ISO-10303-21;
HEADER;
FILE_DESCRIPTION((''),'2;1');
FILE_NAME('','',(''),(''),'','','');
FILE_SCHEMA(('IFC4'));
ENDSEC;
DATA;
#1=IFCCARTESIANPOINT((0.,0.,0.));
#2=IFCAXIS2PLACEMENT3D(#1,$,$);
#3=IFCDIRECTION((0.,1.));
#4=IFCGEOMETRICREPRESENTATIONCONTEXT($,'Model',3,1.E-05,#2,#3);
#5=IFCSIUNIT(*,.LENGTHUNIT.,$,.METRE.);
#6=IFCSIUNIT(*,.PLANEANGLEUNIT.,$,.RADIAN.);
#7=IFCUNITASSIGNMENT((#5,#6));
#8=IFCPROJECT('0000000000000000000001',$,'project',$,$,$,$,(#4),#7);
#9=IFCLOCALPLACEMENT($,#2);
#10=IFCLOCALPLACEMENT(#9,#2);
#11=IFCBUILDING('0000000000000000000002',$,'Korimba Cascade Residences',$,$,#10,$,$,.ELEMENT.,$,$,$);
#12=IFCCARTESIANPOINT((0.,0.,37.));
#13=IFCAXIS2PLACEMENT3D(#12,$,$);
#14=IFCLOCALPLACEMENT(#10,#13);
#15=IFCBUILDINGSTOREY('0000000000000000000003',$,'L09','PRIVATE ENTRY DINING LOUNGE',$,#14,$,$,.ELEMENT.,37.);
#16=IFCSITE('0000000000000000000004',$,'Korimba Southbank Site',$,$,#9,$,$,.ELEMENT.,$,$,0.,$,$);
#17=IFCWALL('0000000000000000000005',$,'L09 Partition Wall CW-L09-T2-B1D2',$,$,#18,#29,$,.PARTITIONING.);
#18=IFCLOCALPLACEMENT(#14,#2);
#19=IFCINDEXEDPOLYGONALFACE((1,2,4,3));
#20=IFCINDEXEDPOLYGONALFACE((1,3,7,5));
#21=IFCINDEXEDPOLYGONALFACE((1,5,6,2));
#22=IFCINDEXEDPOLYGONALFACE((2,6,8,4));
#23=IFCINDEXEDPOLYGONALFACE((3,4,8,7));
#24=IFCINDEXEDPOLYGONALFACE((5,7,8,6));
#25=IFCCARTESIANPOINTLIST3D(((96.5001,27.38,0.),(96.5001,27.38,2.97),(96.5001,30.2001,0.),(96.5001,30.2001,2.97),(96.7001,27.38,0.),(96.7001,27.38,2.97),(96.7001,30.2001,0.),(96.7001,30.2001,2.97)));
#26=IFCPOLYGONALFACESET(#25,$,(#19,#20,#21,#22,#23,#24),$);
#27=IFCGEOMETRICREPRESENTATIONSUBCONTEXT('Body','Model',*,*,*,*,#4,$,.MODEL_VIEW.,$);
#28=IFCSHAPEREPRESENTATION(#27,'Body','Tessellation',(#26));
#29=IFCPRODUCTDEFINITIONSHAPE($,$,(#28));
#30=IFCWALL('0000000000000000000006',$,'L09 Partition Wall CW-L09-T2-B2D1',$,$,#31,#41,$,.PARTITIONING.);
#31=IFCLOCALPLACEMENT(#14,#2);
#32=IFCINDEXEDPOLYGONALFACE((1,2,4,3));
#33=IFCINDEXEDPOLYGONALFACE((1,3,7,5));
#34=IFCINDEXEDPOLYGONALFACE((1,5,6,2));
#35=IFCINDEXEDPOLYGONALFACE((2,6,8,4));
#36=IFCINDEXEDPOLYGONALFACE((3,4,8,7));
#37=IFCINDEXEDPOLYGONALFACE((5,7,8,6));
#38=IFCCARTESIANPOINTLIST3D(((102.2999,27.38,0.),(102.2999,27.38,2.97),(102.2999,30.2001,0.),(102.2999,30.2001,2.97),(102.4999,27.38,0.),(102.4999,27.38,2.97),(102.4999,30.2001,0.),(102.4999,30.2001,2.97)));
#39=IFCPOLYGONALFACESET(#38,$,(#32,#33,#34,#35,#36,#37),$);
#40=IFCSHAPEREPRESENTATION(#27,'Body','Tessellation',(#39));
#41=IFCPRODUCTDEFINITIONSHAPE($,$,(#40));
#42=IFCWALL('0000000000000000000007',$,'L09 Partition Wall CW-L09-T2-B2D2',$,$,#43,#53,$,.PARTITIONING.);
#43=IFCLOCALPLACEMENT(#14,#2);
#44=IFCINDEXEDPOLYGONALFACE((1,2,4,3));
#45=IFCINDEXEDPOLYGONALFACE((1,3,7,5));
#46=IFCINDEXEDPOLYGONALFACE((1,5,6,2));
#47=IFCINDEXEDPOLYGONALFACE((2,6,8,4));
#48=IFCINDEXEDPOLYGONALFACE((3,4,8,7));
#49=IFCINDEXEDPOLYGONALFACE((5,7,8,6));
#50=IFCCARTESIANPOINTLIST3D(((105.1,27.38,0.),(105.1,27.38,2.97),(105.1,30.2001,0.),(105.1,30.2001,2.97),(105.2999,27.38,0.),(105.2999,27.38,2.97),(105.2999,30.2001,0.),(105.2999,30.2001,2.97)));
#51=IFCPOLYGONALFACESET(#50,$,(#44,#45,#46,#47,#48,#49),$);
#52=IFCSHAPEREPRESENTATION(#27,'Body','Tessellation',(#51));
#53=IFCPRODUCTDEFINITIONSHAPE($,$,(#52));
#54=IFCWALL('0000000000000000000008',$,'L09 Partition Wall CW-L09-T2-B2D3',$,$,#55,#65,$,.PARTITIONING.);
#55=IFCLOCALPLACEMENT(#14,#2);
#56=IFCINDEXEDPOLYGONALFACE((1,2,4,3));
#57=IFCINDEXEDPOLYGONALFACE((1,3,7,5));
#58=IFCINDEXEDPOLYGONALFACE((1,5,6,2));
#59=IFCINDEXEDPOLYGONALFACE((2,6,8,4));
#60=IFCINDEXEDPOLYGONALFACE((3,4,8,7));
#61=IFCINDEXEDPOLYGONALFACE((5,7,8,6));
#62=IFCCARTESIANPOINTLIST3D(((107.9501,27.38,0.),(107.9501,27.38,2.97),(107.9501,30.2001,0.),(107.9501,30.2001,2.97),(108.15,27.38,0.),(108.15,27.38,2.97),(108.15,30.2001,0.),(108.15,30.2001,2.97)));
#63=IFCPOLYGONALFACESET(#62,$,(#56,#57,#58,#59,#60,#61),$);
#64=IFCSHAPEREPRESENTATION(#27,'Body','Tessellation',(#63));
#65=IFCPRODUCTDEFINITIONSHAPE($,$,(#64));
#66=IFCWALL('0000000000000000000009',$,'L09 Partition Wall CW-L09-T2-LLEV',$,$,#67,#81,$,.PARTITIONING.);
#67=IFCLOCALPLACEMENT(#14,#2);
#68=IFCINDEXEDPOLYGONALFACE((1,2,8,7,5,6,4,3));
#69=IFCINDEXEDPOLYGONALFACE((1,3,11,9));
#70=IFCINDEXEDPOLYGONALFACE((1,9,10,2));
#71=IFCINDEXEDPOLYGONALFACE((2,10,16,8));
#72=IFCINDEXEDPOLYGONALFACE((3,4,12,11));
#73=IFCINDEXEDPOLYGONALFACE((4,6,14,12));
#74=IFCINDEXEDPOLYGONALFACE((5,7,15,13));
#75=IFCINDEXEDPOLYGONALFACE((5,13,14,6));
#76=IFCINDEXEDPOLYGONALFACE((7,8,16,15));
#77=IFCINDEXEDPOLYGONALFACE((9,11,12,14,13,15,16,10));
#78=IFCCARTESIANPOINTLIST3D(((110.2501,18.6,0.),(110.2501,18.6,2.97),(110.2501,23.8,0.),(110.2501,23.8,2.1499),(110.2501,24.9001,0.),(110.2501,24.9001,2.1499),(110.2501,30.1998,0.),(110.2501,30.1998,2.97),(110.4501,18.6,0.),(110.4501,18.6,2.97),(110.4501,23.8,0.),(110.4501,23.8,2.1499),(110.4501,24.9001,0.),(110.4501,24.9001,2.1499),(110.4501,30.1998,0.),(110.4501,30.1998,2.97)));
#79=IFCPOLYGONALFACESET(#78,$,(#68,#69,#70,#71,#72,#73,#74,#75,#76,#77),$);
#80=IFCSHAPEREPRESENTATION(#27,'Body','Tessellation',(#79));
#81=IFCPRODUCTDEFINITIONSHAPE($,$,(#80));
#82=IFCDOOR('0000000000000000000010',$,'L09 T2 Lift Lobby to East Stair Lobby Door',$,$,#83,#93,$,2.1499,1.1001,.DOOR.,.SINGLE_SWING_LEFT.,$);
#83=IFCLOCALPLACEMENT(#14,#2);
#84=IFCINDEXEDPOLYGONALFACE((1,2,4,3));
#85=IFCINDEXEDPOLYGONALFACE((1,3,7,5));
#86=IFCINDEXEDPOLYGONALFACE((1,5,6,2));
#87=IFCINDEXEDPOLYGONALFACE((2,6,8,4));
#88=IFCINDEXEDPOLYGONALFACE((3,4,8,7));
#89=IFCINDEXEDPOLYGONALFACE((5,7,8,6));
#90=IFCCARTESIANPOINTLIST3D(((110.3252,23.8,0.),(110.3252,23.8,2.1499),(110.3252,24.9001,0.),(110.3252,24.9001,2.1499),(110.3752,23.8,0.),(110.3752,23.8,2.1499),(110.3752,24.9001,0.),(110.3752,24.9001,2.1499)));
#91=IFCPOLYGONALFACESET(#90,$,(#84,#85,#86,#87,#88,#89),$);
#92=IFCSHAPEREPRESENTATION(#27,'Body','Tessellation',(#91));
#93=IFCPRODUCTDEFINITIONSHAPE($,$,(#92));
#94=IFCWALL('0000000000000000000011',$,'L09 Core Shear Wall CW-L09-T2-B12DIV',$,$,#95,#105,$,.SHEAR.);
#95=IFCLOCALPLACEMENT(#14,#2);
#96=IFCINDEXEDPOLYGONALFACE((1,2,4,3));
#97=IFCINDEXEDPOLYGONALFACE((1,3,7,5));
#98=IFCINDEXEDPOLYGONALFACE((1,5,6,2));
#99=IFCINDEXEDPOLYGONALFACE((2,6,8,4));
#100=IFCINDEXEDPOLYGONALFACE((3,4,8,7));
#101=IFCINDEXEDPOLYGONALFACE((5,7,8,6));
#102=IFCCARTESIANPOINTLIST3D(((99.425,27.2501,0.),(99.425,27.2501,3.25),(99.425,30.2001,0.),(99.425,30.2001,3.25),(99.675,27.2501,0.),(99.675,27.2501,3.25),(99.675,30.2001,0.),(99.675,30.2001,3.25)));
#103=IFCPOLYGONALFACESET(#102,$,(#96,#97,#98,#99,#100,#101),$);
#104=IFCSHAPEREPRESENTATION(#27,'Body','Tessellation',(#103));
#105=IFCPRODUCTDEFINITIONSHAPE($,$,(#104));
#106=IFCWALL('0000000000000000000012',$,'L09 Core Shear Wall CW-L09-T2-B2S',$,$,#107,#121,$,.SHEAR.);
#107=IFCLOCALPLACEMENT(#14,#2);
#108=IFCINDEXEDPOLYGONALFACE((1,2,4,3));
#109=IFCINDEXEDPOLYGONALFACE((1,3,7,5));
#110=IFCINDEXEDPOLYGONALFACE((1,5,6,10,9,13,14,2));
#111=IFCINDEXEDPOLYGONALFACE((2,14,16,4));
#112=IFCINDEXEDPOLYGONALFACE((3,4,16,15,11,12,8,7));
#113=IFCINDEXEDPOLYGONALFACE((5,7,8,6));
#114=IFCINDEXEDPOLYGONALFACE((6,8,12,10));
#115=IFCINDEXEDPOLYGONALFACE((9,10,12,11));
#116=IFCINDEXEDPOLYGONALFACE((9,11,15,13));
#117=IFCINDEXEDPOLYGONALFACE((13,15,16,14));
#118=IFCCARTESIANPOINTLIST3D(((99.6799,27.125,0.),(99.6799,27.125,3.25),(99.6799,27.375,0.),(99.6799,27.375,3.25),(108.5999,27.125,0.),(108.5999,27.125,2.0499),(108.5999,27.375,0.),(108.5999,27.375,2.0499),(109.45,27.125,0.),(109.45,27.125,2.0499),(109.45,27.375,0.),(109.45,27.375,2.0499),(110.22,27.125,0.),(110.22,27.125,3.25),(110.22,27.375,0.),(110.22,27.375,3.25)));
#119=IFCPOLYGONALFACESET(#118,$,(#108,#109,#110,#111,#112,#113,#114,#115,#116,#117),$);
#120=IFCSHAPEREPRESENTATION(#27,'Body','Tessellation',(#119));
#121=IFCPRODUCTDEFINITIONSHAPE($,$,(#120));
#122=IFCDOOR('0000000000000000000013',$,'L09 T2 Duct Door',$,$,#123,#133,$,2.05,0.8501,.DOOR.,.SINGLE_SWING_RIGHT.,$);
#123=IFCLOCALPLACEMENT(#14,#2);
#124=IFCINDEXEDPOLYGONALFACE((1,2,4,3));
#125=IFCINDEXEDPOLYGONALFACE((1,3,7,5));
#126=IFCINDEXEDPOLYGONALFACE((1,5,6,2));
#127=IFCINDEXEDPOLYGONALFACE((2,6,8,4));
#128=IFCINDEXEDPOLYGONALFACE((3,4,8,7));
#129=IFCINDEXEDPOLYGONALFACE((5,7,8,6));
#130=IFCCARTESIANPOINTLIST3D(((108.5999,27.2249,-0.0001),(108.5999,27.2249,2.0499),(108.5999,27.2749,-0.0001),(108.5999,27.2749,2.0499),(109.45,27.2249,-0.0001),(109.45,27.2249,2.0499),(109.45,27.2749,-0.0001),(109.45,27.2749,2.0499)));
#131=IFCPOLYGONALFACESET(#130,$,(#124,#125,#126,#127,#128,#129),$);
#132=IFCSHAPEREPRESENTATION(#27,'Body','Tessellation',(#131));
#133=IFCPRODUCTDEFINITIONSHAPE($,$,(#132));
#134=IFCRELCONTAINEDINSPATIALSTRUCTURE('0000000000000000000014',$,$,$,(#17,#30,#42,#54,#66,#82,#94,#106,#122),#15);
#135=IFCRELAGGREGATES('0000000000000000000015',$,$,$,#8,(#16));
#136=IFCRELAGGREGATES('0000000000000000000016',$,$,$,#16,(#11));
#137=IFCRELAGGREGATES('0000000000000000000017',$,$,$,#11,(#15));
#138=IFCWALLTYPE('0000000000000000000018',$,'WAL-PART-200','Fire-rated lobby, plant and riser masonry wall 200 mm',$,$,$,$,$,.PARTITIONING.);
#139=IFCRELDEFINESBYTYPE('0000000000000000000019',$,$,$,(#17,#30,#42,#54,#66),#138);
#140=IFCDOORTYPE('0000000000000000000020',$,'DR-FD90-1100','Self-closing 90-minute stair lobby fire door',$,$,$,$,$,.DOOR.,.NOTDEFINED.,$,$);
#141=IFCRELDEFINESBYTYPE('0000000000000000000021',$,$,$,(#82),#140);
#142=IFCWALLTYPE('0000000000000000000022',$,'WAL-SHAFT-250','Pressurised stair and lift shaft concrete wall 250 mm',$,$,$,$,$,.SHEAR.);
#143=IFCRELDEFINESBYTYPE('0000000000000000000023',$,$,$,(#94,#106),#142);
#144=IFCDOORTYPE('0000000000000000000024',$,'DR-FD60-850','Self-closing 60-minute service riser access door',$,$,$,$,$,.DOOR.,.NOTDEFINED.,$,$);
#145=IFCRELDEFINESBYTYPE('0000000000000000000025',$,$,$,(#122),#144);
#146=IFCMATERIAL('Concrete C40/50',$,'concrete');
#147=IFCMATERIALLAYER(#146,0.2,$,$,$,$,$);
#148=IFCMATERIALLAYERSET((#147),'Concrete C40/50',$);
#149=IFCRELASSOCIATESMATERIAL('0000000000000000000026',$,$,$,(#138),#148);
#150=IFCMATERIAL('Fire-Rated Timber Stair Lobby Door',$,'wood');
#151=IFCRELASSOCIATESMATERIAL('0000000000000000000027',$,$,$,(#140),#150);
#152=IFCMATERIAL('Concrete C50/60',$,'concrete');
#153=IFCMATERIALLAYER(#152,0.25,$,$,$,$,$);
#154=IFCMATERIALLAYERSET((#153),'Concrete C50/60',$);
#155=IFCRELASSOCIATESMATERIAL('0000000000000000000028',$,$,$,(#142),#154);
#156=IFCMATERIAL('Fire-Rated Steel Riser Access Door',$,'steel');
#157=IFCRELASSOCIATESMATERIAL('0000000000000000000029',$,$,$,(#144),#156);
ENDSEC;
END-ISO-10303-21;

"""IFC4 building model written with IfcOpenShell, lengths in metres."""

from ifc_helpers import new_model, si_unit, direction, frame, frame_2d, origin, place, context, subcontext, project, spatial, rectangle, extrude, material, layer, layer_set, type_object, element, fill, save


model = new_model("IFC4")

# Units and contexts
model_context = context("Model", 3, precision=1e-05, world=origin(), true_north=direction((0.0, 1.0)))
body_context = subcontext(model_context, "Body", "Model", "MODEL_VIEW")
ifc_project = project(units=[si_unit("LENGTHUNIT", "METRE"), si_unit("PLANEANGLEUNIT", "RADIAN")], contexts=[model_context])

# Site, building, storey
site_placement = place(None, origin())
site = spatial("IfcSite", under=ifc_project, at=site_placement, Name="Korimba Southbank Site", CompositionType="ELEMENT", RefElevation=0.0)
building_placement = place(site_placement, origin())
building = spatial("IfcBuilding", under=site, at=building_placement, Name="Korimba Cascade Residences", CompositionType="ELEMENT")
storey_placement = place(building_placement, frame((0.0, 0.0, 37.0)))
storey = spatial("IfcBuildingStorey", under=building, at=storey_placement, Name="L09", Description="PRIVATE ENTRY DINING LOUNGE", CompositionType="ELEMENT", Elevation=37.0)

# Shared definitions
ifc_material_1 = material(Name="Concrete C50/60", Category="concrete")

# Walls
ifc_material_2 = material(Name="Concrete C40/50", Category="concrete")
ifc_layer_1 = layer(ifc_material_2, 0.2)
ifc_layer_set_1 = layer_set([ifc_layer_1], Name="Concrete C40/50")
wall_type_1 = type_object("IfcWallType", Name="WAL-PART-200", Description="Fire-rated lobby, plant and riser masonry wall 200 mm", PredefinedType="PARTITIONING", material=ifc_layer_set_1)
for number, where, z_axis, x_axis, name in (
    (1, (96.6001, 27.3799, 0.0), (0.0, 0.0, 1.0), (0.0, 1.0, 0.0), "L09 Partition Wall CW-L09-T2-B1D2"),
    (2, (102.3999, 27.3799, 0.0), (0.0, 0.0, 1.0), (0.0, 1.0, 0.0), "L09 Partition Wall CW-L09-T2-B2D1"),
    (3, (105.2, 27.3799, 0.0), (0.0, 0.0, 1.0), (0.0, 1.0, 0.0), "L09 Partition Wall CW-L09-T2-B2D2"),
    (4, (108.05, 27.3799, 0.0), (0.0, 0.0, 1.0), (0.0, 1.0, 0.0), "L09 Partition Wall CW-L09-T2-B2D3"),
):
    element("IfcWall", number, at=place(storey_placement, frame(where, z_axis=z_axis, x_axis=x_axis)), inside=storey, type_object=wall_type_1, Name=name, PredefinedType="PARTITIONING", context=body_context, shape_type="SweptSolid", body=[
        extrude(rectangle(XDim=2.8201, YDim=0.2, at=frame_2d((1.4102, 0.0))), origin(), (0.0, 0.0, 1.0), 2.97),
    ])

# Wall, opening, door
wall_1_placement = place(storey_placement, frame((110.3501, 18.6001, 0.0), z_axis=(0.0, 0.0, 1.0), x_axis=(0.0, 1.0, 0.0)))
wall_1 = element("IfcWall", 5, at=wall_1_placement, inside=storey, type_object=wall_type_1, Name="L09 Partition Wall CW-L09-T2-LLEV", PredefinedType="PARTITIONING", context=body_context, shape_type="SweptSolid", body=[
    extrude(rectangle(XDim=11.5999, YDim=0.2, at=frame_2d((5.7998, 0.0))), origin(), (0.0, 0.0, 1.0), 2.97),
])
opening_1_placement = place(wall_1_placement, frame((5.2, 0.0, 0.0)))
opening_1 = element("IfcOpeningElement", 6, at=opening_1_placement, cuts=wall_1, PredefinedType="OPENING", context=body_context, shape_type="SweptSolid", body=[
    extrude(rectangle(XDim=1.1001, YDim=2.1499, at=frame_2d((0.55, 1.075))), frame((0.0, 0.1099, 0.0), z_axis=(0.0, -1.0, 0.0), x_axis=(1.0, 0.0, 0.0)), (0.0, 0.0, 1.0), 0.22),
])
ifc_material_3 = material(Name="Fire-Rated Timber Stair Lobby Door", Category="wood")
door_type_1 = type_object("IfcDoorType", Name="DR-FD90-1100", Description="Self-closing 90-minute stair lobby fire door", OperationType="NOTDEFINED", PredefinedType="DOOR", material=ifc_material_3)
door_1_placement = place(opening_1_placement, origin())
door_1 = element("IfcDoor", 7, at=door_1_placement, inside=storey, type_object=door_type_1, Name="L09 T2 Lift Lobby to East Stair Lobby Door", OperationType="SINGLE_SWING_LEFT", OverallHeight=2.1499, OverallWidth=1.1001, PredefinedType="DOOR", context=body_context, shape_type="SweptSolid", body=[
    extrude(rectangle(XDim=1.1001, YDim=2.1499, at=frame_2d((0.55, 1.075))), frame((0.0, 0.0249, 0.0), z_axis=(0.0, -1.0, 0.0), x_axis=(1.0, 0.0, 0.0)), (0.0, 0.0, 1.0), 0.05),
])
fill(opening_1, door_1)

# Wall
ifc_layer_2 = layer(ifc_material_1, 0.25)
ifc_layer_set_2 = layer_set([ifc_layer_2], Name="Concrete C50/60")
wall_type_2 = type_object("IfcWallType", Name="WAL-SHAFT-250", Description="Pressurised stair and lift shaft concrete wall 250 mm", PredefinedType="SHEAR", material=ifc_layer_set_2)
wall_2_placement = place(storey_placement, frame((99.55, 27.25, 0.0), z_axis=(0.0, 0.0, 1.0), x_axis=(0.0, 1.0, 0.0)))
element("IfcWall", 8, at=wall_2_placement, inside=storey, type_object=wall_type_2, Name="L09 Core Shear Wall CW-L09-T2-B12DIV", PredefinedType="SHEAR", context=body_context, shape_type="SweptSolid", body=[
    extrude(rectangle(XDim=2.95, YDim=0.25, at=frame_2d((1.4751, 0.0))), origin(), (0.0, 0.0, 1.0), 3.25),
])

# Wall, opening, door
wall_3_placement = place(storey_placement, frame((99.6799, 27.25, 0.0), z_axis=(0.0, 0.0, 1.0), x_axis=(1.0, 0.0, 0.0)))
wall_3 = element("IfcWall", 9, at=wall_3_placement, inside=storey, type_object=wall_type_2, Name="L09 Core Shear Wall CW-L09-T2-B2S", PredefinedType="SHEAR", context=body_context, shape_type="SweptSolid", body=[
    extrude(rectangle(XDim=10.54, YDim=0.25, at=frame_2d((5.27, 0.0))), origin(), (0.0, 0.0, 1.0), 3.25),
])
opening_2_placement = place(wall_3_placement, frame((8.9199, 0.0, 0.0)))
opening_2 = element("IfcOpeningElement", 10, at=opening_2_placement, cuts=wall_3, PredefinedType="OPENING", context=body_context, shape_type="SweptSolid", body=[
    extrude(rectangle(XDim=0.8501, YDim=2.05, at=frame_2d((0.425, 1.0249))), frame((0.0, 0.135, 0.0), z_axis=(0.0, -1.0, 0.0), x_axis=(1.0, 0.0, 0.0)), (0.0, 0.0, 1.0), 0.27),
])
ifc_material_4 = material(Name="Fire-Rated Steel Riser Access Door", Category="steel")
door_type_2 = type_object("IfcDoorType", Name="DR-FD60-850", Description="Self-closing 60-minute service riser access door", OperationType="NOTDEFINED", PredefinedType="DOOR", material=ifc_material_4)
door_2_placement = place(opening_2_placement, origin())
door_2 = element("IfcDoor", 11, at=door_2_placement, inside=storey, type_object=door_type_2, Name="L09 T2 Duct Door", OperationType="SINGLE_SWING_RIGHT", OverallHeight=2.05, OverallWidth=0.8501, PredefinedType="DOOR", context=body_context, shape_type="SweptSolid", body=[
    extrude(rectangle(XDim=0.8501, YDim=2.05, at=frame_2d((0.425, 1.0249))), frame((0.0, 0.0249, 0.0), z_axis=(0.0, -1.0, 0.0), x_axis=(1.0, 0.0, 0.0)), (0.0, 0.0, 1.0), 0.05),
])
fill(opening_2, door_2)

save(model, "model.ifc")
